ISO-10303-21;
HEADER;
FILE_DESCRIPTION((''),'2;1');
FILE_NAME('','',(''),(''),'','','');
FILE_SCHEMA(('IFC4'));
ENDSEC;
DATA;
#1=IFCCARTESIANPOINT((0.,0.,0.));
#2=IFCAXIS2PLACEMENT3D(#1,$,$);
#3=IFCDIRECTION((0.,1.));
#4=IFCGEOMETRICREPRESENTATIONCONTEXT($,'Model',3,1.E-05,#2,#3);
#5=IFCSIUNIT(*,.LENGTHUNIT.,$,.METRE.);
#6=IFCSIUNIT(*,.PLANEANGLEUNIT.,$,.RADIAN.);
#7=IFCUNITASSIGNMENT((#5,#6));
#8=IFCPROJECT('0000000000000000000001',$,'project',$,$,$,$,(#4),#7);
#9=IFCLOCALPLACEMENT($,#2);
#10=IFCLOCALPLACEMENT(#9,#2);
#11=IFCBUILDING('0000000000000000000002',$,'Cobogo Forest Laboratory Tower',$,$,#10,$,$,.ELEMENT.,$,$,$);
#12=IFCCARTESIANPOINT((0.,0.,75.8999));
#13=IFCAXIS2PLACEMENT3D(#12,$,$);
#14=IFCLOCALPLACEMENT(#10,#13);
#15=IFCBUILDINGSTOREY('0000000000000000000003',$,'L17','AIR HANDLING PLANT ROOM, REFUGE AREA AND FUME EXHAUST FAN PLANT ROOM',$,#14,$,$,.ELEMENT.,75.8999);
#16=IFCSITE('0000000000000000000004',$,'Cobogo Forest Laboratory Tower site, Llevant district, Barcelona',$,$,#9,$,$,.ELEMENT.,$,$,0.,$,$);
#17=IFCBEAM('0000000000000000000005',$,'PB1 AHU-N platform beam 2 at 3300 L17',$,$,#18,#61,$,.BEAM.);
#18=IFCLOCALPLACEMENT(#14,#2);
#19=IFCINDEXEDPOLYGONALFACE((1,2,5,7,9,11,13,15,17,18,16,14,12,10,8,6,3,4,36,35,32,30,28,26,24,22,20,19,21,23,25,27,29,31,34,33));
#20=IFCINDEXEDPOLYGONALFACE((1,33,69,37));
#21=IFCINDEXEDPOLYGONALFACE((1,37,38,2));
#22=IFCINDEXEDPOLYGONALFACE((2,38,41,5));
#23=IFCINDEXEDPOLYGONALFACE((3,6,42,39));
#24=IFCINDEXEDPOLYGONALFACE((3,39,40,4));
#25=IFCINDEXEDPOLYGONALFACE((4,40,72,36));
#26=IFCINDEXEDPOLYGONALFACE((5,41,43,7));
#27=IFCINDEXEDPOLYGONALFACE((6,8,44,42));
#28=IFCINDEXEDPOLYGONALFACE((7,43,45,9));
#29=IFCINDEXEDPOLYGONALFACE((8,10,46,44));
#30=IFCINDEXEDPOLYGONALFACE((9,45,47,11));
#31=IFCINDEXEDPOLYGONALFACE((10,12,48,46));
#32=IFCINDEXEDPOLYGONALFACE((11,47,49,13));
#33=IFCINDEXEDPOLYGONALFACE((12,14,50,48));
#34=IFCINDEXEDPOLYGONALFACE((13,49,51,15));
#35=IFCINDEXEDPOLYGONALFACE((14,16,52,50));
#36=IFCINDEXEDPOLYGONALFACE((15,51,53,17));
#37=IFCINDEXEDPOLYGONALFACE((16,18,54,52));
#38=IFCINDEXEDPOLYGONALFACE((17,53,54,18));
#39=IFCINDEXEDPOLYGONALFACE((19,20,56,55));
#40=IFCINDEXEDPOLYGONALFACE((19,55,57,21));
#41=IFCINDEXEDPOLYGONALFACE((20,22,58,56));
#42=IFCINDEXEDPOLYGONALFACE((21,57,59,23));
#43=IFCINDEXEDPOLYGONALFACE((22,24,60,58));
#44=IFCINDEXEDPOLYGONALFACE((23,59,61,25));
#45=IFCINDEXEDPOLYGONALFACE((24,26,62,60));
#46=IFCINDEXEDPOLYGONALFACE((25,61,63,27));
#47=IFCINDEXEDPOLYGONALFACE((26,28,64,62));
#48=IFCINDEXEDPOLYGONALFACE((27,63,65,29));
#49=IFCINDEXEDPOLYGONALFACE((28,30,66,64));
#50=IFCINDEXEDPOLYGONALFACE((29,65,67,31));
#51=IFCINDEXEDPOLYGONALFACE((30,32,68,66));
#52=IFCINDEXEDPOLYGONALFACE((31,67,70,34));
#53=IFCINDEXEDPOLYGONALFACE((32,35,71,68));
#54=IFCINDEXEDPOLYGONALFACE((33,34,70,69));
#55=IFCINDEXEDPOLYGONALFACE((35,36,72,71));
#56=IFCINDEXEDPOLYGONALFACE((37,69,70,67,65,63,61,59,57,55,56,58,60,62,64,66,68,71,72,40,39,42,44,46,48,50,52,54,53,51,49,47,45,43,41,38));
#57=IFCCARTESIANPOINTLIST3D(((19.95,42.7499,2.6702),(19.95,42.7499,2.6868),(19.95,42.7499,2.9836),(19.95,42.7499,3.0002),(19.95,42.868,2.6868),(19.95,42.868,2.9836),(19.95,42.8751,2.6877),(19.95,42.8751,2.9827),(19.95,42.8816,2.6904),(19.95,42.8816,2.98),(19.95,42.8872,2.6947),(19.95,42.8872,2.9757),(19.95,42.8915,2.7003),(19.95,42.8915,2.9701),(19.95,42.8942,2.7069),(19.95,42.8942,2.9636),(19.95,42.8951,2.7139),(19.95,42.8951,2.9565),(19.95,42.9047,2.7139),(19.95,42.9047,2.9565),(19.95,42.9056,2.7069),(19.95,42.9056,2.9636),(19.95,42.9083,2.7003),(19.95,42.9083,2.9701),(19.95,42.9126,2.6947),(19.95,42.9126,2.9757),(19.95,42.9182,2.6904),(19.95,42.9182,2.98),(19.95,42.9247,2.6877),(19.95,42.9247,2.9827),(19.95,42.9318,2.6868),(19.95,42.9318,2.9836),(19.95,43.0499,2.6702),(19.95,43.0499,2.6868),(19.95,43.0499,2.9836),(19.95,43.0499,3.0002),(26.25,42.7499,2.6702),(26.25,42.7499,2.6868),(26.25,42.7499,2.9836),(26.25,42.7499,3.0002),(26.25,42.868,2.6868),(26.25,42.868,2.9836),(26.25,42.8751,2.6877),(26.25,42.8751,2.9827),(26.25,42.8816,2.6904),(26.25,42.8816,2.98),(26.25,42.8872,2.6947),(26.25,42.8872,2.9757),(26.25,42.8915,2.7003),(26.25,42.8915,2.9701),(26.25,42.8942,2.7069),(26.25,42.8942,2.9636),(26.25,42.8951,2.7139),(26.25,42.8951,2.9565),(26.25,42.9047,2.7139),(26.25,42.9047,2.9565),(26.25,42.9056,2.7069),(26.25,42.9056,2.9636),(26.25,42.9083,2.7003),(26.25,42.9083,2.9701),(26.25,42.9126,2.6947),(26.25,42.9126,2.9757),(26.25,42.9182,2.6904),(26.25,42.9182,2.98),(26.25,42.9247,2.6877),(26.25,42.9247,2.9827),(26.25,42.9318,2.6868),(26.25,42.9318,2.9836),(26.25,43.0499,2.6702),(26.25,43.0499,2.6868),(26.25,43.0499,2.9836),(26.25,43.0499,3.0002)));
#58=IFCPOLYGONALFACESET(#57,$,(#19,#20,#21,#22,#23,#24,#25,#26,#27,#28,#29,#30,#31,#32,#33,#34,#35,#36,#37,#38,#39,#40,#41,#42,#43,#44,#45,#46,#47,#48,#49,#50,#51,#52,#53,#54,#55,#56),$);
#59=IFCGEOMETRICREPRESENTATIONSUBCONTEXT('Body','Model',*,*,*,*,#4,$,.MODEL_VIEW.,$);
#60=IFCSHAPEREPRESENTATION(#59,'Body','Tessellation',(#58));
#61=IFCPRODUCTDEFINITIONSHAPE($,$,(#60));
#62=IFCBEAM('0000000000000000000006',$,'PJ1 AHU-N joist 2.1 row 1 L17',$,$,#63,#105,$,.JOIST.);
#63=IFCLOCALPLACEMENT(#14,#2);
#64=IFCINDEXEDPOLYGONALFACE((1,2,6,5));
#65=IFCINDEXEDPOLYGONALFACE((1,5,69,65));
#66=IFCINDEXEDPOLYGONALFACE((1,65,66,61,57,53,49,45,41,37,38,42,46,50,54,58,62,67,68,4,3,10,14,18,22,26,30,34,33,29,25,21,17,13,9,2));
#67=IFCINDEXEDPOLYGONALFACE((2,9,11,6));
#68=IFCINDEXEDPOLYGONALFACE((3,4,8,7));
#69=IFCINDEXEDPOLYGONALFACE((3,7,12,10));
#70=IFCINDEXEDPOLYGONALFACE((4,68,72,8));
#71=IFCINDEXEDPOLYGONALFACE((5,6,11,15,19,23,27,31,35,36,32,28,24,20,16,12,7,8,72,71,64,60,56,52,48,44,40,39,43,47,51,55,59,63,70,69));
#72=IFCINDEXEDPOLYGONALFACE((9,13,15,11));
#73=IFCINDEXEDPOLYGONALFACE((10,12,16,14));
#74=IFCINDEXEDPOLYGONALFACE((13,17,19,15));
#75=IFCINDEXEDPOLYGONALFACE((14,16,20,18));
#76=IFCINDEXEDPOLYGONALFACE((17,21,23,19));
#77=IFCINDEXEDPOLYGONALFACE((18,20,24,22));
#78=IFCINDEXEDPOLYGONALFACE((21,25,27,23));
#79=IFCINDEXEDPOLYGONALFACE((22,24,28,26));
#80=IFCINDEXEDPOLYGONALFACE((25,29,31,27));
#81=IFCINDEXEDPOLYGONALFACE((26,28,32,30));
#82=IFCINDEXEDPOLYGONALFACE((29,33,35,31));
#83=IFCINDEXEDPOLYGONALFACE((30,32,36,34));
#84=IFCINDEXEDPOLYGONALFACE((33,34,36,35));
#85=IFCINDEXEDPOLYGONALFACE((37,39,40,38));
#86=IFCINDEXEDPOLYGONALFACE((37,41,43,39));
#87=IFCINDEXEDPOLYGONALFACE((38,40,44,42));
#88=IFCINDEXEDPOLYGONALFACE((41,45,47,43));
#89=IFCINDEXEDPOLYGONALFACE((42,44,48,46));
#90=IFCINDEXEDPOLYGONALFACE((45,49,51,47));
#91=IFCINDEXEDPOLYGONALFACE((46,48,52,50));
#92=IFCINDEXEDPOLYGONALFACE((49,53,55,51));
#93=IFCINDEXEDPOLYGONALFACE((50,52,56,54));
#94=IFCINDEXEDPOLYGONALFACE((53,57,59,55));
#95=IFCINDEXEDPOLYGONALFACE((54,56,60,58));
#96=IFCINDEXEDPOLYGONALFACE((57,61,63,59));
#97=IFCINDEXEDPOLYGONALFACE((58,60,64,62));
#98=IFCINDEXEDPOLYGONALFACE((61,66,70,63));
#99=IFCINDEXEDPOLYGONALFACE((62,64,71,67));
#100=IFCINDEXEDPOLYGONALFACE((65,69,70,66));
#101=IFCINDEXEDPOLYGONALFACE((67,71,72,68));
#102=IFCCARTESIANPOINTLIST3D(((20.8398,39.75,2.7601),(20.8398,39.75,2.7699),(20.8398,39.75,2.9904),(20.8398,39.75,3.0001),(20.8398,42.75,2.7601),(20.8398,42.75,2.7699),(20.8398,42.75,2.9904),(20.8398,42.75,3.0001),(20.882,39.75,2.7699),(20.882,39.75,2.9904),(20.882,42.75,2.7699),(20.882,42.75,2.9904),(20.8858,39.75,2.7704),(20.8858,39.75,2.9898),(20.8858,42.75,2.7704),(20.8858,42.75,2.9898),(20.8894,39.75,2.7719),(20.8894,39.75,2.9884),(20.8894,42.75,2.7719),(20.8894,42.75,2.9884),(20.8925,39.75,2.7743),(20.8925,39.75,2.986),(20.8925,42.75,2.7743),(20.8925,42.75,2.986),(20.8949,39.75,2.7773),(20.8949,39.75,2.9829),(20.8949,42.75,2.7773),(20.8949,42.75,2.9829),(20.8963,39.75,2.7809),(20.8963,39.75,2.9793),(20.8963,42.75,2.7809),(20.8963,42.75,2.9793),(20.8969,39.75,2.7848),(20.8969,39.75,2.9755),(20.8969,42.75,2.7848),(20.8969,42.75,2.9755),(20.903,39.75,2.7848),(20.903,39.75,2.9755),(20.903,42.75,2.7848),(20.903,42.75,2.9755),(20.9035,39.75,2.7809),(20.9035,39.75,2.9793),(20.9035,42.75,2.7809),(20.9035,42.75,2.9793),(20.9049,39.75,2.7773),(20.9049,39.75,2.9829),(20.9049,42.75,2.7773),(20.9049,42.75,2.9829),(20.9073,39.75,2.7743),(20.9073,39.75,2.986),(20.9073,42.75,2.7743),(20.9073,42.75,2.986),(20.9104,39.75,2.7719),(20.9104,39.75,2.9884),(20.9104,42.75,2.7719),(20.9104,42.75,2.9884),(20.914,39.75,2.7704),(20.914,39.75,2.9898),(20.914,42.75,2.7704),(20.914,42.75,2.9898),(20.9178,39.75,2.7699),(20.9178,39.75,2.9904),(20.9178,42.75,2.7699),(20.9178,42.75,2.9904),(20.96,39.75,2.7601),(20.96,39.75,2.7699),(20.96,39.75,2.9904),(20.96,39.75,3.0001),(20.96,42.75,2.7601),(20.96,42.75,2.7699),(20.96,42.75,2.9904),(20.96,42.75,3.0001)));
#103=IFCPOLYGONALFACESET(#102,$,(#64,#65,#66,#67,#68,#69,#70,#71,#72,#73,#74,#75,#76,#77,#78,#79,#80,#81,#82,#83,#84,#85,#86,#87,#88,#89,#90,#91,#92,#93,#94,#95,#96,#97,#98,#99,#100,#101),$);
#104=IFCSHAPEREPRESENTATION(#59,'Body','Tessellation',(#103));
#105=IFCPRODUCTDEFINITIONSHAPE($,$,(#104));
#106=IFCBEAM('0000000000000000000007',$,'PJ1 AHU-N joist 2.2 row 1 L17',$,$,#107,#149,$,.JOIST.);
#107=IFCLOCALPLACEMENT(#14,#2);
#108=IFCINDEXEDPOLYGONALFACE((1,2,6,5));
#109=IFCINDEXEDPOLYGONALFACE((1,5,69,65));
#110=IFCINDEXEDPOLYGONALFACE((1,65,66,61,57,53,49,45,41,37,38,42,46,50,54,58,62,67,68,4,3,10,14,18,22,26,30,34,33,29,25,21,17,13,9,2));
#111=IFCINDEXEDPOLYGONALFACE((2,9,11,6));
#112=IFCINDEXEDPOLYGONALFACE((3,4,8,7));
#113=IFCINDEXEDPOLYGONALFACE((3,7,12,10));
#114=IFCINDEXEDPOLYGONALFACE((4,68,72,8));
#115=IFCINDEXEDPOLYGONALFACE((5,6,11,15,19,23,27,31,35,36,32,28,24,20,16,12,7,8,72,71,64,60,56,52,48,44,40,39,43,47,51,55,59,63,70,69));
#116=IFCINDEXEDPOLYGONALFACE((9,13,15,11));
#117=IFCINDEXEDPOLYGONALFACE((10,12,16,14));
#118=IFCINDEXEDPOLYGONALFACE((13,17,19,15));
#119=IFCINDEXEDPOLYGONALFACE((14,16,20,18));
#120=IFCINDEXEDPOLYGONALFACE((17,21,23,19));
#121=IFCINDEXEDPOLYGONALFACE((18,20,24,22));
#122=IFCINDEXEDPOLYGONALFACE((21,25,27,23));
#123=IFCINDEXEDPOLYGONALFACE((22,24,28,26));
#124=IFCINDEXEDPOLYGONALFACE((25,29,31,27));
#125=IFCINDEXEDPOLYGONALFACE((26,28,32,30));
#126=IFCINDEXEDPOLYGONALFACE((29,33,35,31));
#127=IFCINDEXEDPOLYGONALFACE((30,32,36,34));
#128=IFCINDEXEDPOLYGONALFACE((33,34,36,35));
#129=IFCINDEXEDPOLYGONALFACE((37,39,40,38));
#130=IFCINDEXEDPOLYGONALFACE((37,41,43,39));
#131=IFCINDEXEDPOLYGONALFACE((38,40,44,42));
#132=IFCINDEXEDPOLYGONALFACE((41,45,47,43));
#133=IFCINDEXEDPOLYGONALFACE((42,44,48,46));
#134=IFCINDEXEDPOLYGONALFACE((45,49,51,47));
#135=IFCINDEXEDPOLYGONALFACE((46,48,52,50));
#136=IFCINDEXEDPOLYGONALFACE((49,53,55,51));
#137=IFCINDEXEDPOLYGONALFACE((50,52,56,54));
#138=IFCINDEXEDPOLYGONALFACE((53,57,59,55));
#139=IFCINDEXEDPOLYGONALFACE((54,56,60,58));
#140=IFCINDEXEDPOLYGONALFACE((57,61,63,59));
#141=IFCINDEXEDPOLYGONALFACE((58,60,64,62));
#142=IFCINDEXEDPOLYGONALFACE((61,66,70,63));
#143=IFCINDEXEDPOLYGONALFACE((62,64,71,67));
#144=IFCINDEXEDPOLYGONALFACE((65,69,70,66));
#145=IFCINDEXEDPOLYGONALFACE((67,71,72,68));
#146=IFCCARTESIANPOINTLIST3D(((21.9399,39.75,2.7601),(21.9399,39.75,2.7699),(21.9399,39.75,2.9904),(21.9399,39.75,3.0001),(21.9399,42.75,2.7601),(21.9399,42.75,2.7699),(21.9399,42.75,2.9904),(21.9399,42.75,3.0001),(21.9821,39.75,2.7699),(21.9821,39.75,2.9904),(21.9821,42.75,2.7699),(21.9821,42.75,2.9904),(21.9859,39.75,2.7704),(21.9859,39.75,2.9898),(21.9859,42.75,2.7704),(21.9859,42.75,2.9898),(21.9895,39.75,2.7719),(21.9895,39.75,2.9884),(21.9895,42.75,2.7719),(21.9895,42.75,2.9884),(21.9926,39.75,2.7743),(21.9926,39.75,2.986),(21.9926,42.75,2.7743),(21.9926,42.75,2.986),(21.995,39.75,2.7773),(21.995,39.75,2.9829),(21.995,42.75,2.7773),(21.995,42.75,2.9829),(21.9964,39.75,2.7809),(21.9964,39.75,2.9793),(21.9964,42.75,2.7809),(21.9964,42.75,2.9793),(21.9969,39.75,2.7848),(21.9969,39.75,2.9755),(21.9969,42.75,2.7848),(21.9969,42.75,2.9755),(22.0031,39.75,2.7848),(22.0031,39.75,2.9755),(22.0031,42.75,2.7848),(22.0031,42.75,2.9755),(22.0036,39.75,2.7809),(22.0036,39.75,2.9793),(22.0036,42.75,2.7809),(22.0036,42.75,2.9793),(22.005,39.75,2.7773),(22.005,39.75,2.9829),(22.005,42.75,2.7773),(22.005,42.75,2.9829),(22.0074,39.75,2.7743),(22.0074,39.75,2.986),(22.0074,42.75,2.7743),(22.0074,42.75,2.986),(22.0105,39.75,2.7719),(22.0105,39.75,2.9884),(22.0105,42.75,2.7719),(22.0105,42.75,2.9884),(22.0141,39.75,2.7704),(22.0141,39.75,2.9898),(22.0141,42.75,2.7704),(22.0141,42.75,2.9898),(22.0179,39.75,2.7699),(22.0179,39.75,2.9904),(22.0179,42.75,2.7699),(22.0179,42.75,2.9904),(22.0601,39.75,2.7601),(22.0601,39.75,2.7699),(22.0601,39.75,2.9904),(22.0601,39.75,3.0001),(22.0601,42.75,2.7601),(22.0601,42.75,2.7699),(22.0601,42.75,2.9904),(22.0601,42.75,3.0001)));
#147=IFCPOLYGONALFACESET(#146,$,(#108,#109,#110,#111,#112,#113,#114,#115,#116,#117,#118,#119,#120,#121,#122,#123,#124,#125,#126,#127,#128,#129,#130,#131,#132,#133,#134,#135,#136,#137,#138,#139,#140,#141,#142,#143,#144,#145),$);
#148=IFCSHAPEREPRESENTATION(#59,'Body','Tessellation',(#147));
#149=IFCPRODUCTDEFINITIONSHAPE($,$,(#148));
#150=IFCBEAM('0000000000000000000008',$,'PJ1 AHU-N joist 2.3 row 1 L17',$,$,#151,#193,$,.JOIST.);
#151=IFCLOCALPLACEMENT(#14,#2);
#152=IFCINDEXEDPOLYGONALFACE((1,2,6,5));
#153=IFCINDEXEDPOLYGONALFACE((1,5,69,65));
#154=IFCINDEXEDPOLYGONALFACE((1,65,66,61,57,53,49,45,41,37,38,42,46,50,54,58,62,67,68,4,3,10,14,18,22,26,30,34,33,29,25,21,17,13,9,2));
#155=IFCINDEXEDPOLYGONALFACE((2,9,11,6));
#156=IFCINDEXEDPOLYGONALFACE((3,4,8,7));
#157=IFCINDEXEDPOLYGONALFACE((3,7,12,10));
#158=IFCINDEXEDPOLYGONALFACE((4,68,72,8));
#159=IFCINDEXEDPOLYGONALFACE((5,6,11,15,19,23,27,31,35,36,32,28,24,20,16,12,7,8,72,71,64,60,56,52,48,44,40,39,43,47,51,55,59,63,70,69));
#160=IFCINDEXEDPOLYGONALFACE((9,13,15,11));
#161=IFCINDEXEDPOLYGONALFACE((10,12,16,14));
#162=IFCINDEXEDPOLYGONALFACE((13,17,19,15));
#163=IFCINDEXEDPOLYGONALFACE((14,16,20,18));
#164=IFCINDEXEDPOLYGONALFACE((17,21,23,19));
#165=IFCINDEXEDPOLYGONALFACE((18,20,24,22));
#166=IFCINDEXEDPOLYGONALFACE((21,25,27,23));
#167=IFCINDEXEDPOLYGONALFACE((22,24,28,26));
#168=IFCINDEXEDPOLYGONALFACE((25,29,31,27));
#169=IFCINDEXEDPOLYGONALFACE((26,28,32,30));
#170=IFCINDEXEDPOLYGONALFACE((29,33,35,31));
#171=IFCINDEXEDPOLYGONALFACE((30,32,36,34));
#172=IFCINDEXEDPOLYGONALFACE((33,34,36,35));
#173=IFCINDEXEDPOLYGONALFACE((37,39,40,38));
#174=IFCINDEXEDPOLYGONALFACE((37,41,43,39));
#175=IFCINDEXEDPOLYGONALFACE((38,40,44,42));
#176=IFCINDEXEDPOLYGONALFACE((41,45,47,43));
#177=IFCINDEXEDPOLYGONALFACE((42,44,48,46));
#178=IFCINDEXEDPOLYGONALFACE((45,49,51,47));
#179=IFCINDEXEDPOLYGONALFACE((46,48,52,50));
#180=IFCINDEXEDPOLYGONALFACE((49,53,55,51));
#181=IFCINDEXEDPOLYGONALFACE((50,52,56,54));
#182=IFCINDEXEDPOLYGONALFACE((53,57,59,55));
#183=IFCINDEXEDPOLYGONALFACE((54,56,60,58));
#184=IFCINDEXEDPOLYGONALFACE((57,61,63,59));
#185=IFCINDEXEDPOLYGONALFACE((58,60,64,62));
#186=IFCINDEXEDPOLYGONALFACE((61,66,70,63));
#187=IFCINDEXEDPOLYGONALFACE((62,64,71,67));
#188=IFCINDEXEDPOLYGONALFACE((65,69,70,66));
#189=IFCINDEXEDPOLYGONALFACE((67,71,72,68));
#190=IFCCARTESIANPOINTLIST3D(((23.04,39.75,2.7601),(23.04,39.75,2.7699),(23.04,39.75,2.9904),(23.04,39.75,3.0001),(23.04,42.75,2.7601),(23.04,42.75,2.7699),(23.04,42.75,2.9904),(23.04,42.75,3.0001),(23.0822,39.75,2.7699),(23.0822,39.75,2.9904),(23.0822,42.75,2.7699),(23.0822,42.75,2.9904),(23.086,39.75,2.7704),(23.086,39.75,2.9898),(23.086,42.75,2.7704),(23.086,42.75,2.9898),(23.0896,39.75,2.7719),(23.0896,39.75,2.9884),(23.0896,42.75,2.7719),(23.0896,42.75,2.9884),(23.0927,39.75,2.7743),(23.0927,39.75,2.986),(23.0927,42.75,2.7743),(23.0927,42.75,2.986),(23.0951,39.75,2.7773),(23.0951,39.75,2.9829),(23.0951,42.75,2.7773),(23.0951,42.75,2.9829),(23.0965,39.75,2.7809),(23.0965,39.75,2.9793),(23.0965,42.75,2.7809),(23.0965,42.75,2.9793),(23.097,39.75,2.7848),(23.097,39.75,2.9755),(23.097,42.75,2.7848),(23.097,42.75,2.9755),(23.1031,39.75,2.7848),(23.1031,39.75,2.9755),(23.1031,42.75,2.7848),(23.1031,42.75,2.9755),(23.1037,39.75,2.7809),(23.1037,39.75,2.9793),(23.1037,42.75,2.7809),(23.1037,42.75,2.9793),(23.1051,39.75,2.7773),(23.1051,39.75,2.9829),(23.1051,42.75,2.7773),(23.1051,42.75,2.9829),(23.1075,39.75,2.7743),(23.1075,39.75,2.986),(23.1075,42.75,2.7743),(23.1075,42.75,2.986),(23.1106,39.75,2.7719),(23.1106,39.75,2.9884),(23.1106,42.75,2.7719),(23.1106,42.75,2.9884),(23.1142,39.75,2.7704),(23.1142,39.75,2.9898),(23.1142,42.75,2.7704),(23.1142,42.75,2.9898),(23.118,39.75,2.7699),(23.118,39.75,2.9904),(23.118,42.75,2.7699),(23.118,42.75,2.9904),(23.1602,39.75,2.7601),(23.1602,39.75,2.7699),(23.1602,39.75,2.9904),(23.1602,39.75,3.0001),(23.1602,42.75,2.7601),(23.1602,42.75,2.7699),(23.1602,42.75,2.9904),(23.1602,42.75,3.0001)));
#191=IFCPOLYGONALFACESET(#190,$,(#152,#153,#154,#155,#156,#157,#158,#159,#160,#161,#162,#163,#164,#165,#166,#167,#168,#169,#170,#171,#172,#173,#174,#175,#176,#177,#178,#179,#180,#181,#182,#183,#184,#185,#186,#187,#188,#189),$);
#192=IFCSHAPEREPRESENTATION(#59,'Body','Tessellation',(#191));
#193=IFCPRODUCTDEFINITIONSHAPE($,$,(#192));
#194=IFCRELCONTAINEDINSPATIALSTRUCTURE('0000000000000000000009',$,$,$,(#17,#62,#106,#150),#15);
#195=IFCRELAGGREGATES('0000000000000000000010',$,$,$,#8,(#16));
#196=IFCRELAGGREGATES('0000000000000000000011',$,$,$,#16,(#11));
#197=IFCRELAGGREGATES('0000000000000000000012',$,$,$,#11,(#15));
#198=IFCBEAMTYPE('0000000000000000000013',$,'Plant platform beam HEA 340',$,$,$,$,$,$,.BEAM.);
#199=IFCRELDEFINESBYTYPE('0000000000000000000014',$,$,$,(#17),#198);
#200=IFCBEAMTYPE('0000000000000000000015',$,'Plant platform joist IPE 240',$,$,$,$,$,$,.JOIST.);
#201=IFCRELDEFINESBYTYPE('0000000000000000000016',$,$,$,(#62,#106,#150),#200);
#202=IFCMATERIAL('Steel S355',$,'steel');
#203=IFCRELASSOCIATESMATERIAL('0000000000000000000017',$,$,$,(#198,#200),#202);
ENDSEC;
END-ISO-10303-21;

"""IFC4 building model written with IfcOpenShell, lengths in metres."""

from ifc_helpers import new_model, si_unit, direction, frame, origin, origin_2d, place, context, subcontext, project, spatial, i_section, extrude, material, material_profile, profile_set, type_object, element, save


model = new_model("IFC4")

# Units and contexts
model_context = context("Model", 3, precision=1e-05, world=origin(), true_north=direction((0.0, 1.0)))
body_context = subcontext(model_context, "Body", "Model", "MODEL_VIEW")
ifc_project = project(units=[si_unit("LENGTHUNIT", "METRE"), si_unit("PLANEANGLEUNIT", "RADIAN")], contexts=[model_context])

# Site, building, storey
site_placement = place(None, origin())
site = spatial("IfcSite", under=ifc_project, at=site_placement, Name="Cobogo Forest Laboratory Tower site, Llevant district, Barcelona", CompositionType="ELEMENT", RefElevation=0.0)
building_placement = place(site_placement, origin())
building = spatial("IfcBuilding", under=site, at=building_placement, Name="Cobogo Forest Laboratory Tower", CompositionType="ELEMENT")
storey_placement = place(building_placement, frame((0.0, 0.0, 75.8999)))
storey = spatial("IfcBuildingStorey", under=building, at=storey_placement, Name="L17", Description="AIR HANDLING PLANT ROOM, REFUGE AREA AND FUME EXHAUST FAN PLANT ROOM", CompositionType="ELEMENT", Elevation=75.8999)

# Beams
ifc_material_1 = material(Name="Steel S355", Category="steel")
ifc_material_profile_1 = material_profile(ifc_material_1, i_section(OverallWidth=0.3, OverallDepth=0.3301, WebThickness=0.0095, FlangeThickness=0.0166, FilletRadius=0.0271, at=origin_2d()), Name="HEA 340")
ifc_profile_set_1 = profile_set([ifc_material_profile_1], Name="Steel S355")
beam_type_1 = type_object("IfcBeamType", Name="Plant platform beam HEA 340", PredefinedType="BEAM", material=ifc_profile_set_1)
beam_1_placement = place(storey_placement, frame((19.95, 42.8999, 2.8352), z_axis=(1.0, 0.0, 0.0), x_axis=(0.0, 1.0, 0.0)))
element("IfcBeam", 1, at=beam_1_placement, inside=storey, type_object=beam_type_1, Name="PB1 AHU-N platform beam 2 at 3300 L17", PredefinedType="BEAM", context=body_context, shape_type="SweptSolid", body=[
    extrude(i_section(OverallWidth=0.3, OverallDepth=0.3301, WebThickness=0.0095, FlangeThickness=0.0166, FilletRadius=0.0271, at=origin_2d()), origin(), (0.0, 0.0, 1.0), 6.3),
])
ifc_material_profile_2 = material_profile(ifc_material_1, i_section(OverallWidth=0.1201, OverallDepth=0.24, WebThickness=0.0061, FlangeThickness=0.0098, FilletRadius=0.0149, at=origin_2d()), Name="IPE 240")
ifc_profile_set_2 = profile_set([ifc_material_profile_2], Name="Steel S355")
beam_type_2 = type_object("IfcBeamType", Name="Plant platform joist IPE 240", PredefinedType="JOIST", material=ifc_profile_set_2)
for number, where, z_axis, x_axis, name in (
    (2, (20.8999, 42.75, 2.8801), (0.0, -1.0, 0.0), (1.0, 0.0, 0.0), "PJ1 AHU-N joist 2.1 row 1 L17"),
    (3, (22.0, 42.75, 2.8801), (0.0, -1.0, 0.0), (1.0, 0.0, 0.0), "PJ1 AHU-N joist 2.2 row 1 L17"),
    (4, (23.1001, 42.75, 2.8801), (0.0, -1.0, 0.0), (1.0, 0.0, 0.0), "PJ1 AHU-N joist 2.3 row 1 L17"),
):
    element("IfcBeam", number, at=place(storey_placement, frame(where, z_axis=z_axis, x_axis=x_axis)), inside=storey, type_object=beam_type_2, Name=name, PredefinedType="JOIST", context=body_context, shape_type="SweptSolid", body=[
        extrude(i_section(OverallWidth=0.1201, OverallDepth=0.24, WebThickness=0.0061, FlangeThickness=0.0098, FilletRadius=0.0149, at=origin_2d()), origin(), (0.0, 0.0, 1.0), 3.0),
    ])

save(model, "model.ifc")
